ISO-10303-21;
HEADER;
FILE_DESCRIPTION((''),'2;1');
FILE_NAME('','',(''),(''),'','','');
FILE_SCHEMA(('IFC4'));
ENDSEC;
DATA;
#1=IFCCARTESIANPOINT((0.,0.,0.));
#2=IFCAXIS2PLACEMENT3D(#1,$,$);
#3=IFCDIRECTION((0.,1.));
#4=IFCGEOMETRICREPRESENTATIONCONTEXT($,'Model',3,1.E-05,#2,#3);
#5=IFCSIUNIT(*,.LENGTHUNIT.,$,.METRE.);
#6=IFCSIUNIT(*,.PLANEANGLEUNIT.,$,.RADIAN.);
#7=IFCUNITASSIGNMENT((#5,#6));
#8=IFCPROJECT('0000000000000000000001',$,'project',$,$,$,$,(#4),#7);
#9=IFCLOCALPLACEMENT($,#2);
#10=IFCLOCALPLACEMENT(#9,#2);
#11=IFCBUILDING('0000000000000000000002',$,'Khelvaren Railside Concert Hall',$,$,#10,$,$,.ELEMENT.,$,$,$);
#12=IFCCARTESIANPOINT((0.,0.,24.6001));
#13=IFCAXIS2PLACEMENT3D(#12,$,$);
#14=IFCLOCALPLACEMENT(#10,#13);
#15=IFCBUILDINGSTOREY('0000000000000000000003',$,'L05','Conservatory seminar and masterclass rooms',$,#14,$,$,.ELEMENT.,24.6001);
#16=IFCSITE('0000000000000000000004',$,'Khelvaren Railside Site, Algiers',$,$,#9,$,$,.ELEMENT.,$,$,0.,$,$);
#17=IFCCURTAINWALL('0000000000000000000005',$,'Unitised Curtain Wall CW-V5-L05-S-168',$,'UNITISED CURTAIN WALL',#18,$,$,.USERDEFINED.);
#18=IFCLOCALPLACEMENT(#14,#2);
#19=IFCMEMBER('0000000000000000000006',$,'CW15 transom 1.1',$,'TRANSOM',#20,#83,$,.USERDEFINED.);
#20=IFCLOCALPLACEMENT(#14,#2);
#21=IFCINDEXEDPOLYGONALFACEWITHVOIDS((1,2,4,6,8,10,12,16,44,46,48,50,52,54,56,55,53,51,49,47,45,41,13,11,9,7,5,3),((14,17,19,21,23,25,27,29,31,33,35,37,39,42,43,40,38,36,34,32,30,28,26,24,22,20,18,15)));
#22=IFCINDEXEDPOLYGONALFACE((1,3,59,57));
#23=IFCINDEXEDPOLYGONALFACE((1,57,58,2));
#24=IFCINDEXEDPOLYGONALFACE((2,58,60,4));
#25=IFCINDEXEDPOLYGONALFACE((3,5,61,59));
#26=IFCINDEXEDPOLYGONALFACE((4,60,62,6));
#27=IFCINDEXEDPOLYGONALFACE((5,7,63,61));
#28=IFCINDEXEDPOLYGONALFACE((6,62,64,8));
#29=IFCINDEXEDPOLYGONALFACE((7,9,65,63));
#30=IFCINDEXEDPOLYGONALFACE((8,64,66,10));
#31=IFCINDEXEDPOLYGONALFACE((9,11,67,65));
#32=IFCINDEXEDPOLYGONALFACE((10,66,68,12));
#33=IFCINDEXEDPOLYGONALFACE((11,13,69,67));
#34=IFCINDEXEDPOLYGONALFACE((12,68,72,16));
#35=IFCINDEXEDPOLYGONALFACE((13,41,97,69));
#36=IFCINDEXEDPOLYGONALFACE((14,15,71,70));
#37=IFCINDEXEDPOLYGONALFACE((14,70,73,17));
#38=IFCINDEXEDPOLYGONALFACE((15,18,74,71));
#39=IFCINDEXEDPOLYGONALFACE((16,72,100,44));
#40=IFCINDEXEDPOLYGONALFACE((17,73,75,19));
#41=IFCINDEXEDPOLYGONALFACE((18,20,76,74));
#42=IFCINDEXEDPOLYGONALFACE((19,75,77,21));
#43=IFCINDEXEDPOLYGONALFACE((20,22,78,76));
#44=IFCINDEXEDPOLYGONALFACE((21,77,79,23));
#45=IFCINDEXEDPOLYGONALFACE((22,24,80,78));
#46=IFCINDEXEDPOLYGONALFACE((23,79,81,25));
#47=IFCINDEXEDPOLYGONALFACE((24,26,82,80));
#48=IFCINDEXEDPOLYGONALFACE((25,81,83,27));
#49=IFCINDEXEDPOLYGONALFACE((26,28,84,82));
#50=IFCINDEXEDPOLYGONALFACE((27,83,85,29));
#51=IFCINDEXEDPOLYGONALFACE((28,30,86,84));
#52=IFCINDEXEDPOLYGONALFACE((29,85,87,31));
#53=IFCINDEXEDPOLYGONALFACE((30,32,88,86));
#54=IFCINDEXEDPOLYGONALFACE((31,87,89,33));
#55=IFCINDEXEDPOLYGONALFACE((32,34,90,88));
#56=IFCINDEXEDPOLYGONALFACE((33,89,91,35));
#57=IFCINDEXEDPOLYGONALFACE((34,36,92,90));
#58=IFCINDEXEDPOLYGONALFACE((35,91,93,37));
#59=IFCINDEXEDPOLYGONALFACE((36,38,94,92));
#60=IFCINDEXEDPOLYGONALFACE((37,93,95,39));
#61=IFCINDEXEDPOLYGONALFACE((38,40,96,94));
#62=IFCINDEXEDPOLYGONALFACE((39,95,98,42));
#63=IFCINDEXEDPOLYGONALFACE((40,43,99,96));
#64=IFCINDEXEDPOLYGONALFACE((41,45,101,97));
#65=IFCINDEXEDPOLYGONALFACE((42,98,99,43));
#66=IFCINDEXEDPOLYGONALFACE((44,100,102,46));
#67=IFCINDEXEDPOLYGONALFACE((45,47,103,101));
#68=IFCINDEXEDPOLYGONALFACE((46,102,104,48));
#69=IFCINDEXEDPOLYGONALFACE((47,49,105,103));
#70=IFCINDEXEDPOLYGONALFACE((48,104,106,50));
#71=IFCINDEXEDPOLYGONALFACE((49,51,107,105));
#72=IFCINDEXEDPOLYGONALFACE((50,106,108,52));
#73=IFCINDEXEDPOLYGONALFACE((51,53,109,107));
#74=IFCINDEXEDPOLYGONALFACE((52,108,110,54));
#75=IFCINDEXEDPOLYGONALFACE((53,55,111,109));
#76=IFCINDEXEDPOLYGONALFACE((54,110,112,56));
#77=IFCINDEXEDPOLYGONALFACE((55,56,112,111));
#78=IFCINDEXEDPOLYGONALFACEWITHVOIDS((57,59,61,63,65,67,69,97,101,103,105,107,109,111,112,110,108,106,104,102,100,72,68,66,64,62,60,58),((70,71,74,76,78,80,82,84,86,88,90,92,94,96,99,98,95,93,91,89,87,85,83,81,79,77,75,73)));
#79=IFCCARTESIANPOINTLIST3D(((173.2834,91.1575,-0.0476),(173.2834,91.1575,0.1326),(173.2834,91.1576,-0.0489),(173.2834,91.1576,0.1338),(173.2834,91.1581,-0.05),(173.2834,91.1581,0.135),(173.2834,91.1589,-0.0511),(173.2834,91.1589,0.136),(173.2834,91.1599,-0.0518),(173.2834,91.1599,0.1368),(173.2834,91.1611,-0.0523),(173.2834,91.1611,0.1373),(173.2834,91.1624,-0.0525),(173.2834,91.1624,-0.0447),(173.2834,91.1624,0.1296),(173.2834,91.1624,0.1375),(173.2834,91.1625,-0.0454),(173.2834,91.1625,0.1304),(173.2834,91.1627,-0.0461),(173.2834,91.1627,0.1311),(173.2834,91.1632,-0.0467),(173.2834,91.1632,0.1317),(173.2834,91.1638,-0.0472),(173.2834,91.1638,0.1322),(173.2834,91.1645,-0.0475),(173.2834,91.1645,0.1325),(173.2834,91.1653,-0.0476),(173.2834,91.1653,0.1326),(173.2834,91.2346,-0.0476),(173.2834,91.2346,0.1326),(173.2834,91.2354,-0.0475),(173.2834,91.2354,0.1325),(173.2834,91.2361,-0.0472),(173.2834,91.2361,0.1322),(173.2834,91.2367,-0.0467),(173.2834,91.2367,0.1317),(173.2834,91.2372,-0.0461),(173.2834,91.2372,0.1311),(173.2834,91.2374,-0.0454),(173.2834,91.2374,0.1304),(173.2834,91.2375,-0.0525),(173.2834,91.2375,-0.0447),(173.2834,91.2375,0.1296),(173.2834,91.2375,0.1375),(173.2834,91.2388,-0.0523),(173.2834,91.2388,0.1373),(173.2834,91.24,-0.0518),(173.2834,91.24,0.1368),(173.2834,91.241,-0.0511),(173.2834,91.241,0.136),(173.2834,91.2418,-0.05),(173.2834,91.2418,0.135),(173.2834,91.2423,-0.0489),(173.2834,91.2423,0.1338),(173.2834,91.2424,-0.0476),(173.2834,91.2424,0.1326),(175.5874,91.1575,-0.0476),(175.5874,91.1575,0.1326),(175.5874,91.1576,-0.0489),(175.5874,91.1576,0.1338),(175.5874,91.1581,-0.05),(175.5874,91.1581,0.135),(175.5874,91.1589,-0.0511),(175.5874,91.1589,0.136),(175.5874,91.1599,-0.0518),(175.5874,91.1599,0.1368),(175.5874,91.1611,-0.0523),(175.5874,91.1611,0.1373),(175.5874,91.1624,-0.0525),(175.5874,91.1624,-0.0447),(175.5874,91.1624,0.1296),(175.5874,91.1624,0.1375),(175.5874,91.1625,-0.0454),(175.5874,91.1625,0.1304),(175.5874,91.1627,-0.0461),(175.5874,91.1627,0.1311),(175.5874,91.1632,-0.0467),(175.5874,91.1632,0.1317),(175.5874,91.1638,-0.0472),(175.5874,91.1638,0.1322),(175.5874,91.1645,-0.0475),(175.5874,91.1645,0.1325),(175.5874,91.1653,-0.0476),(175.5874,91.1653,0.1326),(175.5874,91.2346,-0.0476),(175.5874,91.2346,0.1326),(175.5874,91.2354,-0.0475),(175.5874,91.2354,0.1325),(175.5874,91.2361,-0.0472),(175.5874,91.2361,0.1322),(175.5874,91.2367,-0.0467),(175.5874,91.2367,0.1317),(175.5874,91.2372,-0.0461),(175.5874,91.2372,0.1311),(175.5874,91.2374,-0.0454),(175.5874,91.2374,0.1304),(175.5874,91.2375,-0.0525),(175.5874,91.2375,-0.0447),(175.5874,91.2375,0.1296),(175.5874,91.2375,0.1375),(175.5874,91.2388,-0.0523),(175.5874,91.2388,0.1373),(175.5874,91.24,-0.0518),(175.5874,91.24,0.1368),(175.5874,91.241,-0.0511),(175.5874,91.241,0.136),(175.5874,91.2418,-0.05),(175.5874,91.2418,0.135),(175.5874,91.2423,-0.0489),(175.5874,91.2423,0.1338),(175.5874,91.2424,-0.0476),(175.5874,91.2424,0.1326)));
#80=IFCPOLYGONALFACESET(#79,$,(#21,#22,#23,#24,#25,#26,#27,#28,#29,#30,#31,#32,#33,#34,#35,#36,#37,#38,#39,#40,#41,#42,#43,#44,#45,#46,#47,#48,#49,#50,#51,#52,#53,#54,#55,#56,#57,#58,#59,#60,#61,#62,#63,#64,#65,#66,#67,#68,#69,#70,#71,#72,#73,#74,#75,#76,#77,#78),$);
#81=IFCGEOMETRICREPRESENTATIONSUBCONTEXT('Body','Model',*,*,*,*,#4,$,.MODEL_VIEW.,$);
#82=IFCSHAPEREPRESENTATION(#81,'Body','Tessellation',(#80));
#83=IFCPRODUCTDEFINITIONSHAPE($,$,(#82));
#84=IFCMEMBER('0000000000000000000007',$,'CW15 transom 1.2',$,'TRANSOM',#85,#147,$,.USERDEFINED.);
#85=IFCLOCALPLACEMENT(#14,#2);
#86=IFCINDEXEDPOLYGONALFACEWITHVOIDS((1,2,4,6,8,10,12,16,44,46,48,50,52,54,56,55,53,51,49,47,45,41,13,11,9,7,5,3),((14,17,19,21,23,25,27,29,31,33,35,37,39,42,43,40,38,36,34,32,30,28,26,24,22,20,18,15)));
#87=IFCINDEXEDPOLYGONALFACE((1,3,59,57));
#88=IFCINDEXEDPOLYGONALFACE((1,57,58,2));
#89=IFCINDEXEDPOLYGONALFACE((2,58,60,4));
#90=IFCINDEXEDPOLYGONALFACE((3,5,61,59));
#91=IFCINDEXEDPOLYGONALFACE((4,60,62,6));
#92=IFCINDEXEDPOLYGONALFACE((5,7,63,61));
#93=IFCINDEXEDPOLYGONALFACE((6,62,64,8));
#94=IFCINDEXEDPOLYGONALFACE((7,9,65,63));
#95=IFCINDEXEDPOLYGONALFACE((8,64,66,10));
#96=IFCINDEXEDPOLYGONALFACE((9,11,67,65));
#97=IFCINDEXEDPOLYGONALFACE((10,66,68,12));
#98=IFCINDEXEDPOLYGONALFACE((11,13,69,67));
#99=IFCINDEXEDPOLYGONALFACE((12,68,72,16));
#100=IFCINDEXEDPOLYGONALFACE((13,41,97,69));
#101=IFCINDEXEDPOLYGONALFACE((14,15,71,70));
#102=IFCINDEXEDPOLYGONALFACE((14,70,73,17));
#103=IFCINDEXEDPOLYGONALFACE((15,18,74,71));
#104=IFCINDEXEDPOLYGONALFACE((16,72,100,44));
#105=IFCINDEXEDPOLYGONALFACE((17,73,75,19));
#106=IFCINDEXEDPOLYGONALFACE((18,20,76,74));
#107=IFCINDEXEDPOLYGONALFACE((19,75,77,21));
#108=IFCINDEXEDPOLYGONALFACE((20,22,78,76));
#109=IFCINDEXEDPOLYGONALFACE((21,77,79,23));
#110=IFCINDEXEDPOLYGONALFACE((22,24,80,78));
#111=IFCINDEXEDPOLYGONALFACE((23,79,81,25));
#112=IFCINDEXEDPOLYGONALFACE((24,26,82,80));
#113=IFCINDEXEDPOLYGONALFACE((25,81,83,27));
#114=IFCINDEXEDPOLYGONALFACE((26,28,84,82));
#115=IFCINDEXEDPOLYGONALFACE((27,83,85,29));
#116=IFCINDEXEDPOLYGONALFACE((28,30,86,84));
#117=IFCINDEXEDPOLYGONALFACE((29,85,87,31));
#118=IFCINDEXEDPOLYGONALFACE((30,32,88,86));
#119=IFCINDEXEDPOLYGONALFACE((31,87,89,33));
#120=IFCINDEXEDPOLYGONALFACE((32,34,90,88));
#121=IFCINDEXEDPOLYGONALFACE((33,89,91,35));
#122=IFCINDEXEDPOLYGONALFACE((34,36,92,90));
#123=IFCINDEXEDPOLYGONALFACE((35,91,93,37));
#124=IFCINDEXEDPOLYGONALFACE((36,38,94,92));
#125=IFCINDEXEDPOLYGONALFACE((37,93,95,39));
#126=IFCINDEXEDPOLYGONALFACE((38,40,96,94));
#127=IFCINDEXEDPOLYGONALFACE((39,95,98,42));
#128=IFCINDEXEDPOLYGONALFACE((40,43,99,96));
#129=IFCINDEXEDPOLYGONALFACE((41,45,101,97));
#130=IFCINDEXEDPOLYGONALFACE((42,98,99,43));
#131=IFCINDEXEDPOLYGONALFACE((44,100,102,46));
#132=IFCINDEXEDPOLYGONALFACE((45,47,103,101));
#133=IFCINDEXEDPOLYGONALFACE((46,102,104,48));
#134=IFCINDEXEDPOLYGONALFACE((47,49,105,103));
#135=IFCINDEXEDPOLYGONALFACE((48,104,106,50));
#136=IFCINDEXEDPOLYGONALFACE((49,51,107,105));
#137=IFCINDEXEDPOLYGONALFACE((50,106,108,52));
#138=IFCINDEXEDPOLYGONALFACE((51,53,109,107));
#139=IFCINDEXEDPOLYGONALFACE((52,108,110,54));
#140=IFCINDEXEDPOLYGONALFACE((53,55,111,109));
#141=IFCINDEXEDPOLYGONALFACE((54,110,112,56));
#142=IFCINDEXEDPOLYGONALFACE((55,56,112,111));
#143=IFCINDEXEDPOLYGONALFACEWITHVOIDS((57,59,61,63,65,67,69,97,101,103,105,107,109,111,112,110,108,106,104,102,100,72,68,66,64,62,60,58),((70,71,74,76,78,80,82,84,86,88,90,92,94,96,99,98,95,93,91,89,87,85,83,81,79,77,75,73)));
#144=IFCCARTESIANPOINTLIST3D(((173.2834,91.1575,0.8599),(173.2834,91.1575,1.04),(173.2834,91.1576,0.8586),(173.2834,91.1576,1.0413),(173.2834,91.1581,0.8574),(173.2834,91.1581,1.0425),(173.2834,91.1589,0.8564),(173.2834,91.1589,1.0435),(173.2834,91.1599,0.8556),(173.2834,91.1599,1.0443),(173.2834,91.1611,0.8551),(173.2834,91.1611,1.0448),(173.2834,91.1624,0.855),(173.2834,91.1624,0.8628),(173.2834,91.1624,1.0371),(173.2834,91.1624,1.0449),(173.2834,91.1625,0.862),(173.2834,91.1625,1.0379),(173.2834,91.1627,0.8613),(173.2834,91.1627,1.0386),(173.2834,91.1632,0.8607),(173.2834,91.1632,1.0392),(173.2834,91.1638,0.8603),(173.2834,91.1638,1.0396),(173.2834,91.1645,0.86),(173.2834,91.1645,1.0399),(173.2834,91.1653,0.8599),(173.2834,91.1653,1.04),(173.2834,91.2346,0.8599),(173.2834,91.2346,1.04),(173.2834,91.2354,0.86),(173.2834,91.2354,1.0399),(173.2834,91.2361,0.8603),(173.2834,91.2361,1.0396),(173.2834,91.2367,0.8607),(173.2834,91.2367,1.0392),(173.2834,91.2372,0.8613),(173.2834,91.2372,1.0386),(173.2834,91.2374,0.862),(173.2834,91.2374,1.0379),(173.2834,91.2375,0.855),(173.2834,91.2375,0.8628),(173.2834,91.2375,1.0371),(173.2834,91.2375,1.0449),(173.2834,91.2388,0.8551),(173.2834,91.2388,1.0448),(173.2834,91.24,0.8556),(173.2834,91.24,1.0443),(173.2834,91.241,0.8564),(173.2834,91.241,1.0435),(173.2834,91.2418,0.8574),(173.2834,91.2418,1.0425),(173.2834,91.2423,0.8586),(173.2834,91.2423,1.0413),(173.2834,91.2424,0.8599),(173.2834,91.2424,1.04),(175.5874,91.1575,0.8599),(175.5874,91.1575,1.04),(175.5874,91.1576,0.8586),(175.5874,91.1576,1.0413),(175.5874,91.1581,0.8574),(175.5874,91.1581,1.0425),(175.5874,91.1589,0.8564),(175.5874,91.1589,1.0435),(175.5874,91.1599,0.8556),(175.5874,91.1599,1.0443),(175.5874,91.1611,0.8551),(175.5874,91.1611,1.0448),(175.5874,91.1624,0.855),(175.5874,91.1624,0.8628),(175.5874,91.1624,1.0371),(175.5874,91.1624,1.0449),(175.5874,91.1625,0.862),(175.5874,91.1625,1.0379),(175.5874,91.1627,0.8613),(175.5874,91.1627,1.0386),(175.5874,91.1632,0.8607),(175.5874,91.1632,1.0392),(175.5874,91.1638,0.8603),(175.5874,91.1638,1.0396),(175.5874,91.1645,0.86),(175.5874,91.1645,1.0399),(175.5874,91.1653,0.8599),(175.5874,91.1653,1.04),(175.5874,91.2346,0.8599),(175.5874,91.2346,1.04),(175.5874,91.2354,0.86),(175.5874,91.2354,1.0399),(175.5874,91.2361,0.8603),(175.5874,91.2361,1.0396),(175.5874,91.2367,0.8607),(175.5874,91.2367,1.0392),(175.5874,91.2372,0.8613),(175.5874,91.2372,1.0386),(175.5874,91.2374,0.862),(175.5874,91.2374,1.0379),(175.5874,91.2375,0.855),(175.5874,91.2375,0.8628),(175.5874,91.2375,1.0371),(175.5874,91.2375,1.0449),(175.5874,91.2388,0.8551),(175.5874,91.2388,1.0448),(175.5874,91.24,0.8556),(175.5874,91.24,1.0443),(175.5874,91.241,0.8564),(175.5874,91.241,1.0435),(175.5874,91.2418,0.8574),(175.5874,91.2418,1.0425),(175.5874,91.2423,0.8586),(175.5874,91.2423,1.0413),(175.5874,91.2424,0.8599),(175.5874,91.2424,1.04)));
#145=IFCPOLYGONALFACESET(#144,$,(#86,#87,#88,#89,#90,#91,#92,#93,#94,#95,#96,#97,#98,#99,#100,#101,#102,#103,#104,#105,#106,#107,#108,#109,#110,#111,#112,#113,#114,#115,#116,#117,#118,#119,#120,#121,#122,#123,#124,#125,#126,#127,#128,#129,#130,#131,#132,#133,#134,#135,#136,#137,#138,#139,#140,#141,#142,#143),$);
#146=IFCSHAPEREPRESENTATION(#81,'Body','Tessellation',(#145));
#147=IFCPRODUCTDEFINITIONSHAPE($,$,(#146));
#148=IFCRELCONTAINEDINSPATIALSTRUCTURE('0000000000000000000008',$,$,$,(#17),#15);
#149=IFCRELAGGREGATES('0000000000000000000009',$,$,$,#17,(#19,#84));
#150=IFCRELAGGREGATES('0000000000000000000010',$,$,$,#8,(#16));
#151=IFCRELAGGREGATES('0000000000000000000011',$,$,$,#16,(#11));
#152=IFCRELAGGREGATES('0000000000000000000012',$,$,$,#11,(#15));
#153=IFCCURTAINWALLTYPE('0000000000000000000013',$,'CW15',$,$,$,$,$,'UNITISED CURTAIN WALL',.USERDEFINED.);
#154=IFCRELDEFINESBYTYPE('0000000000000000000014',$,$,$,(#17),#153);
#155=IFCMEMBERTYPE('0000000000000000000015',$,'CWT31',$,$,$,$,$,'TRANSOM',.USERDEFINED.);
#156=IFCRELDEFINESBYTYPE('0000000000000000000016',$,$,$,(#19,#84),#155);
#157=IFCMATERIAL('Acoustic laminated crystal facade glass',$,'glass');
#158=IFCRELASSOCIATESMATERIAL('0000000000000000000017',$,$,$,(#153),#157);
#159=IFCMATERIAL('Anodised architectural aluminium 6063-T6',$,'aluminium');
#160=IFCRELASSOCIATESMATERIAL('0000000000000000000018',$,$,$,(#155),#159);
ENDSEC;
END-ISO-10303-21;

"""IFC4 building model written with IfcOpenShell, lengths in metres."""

from ifc_helpers import new_model, si_unit, direction, frame, origin, origin_2d, place, context, subcontext, project, spatial, hollow_rectangle, extrude, material, material_profile, profile_set, type_object, element, aggregate, save


model = new_model("IFC4")

# Units and contexts
model_context = context("Model", 3, precision=1e-05, world=origin(), true_north=direction((0.0, 1.0)))
body_context = subcontext(model_context, "Body", "Model", "MODEL_VIEW")
ifc_project = project(units=[si_unit("LENGTHUNIT", "METRE"), si_unit("PLANEANGLEUNIT", "RADIAN")], contexts=[model_context])

# Site, building, storey
site_placement = place(None, origin())
site = spatial("IfcSite", under=ifc_project, at=site_placement, Name="Khelvaren Railside Site, Algiers", CompositionType="ELEMENT", RefElevation=0.0)
building_placement = place(site_placement, origin())
building = spatial("IfcBuilding", under=site, at=building_placement, Name="Khelvaren Railside Concert Hall", CompositionType="ELEMENT")
storey_placement = place(building_placement, frame((0.0, 0.0, 24.6001)))
storey = spatial("IfcBuildingStorey", under=building, at=storey_placement, Name="L05", Description="Conservatory seminar and masterclass rooms", CompositionType="ELEMENT", Elevation=24.6001)

# Curtain wall
ifc_material_1 = material(Name="Acoustic laminated crystal facade glass", Category="glass")
curtain_wall_type_1 = type_object("IfcCurtainWallType", Name="CW15", ElementType="UNITISED CURTAIN WALL", PredefinedType="USERDEFINED", material=ifc_material_1)
curtain_wall_1_placement = place(storey_placement, origin())
curtain_wall_1 = element("IfcCurtainWall", 1, at=curtain_wall_1_placement, inside=storey, type_object=curtain_wall_type_1, Name="Unitised Curtain Wall CW-V5-L05-S-168", ObjectType="UNITISED CURTAIN WALL", PredefinedType="USERDEFINED")
ifc_material_2 = material(Name="Anodised architectural aluminium 6063-T6", Category="aluminium")

# Members
ifc_material_profile_1 = material_profile(ifc_material_2, hollow_rectangle(XDim=0.085, YDim=0.1899, WallThickness=0.0049, InnerFilletRadius=0.0029, OuterFilletRadius=0.0049, at=origin_2d()), Name="CWT 85x190x5")
ifc_profile_set_1 = profile_set([ifc_material_profile_1], Name="Anodised architectural aluminium 6063-T6")
member_type_1 = type_object("IfcMemberType", Name="CWT31", ElementType="TRANSOM", PredefinedType="USERDEFINED", material=ifc_profile_set_1)
member_1_placement = place(storey_placement, frame((175.5874, 91.2, 0.0425), z_axis=(-1.0, 0.0, 0.0), x_axis=(0.0, -1.0, 0.0)))
member_1 = element("IfcMember", 2, at=member_1_placement, type_object=member_type_1, Name="CW15 transom 1.1", ObjectType="TRANSOM", PredefinedType="USERDEFINED", context=body_context, shape_type="SweptSolid", body=[
    extrude(hollow_rectangle(XDim=0.085, YDim=0.1899, WallThickness=0.0049, InnerFilletRadius=0.0029, OuterFilletRadius=0.0049, at=origin_2d()), origin(), (0.0, 0.0, 1.0), 2.304),
])
member_2_placement = place(storey_placement, frame((175.5874, 91.2, 0.95), z_axis=(-1.0, 0.0, 0.0), x_axis=(0.0, -1.0, 0.0)))
member_2 = element("IfcMember", 3, at=member_2_placement, type_object=member_type_1, Name="CW15 transom 1.2", ObjectType="TRANSOM", PredefinedType="USERDEFINED", context=body_context, shape_type="SweptSolid", body=[
    extrude(hollow_rectangle(XDim=0.085, YDim=0.1899, WallThickness=0.0049, InnerFilletRadius=0.0029, OuterFilletRadius=0.0049, at=origin_2d()), origin(), (0.0, 0.0, 1.0), 2.304),
])

aggregate(curtain_wall_1, [member_1, member_2])

save(model, "model.ifc")
